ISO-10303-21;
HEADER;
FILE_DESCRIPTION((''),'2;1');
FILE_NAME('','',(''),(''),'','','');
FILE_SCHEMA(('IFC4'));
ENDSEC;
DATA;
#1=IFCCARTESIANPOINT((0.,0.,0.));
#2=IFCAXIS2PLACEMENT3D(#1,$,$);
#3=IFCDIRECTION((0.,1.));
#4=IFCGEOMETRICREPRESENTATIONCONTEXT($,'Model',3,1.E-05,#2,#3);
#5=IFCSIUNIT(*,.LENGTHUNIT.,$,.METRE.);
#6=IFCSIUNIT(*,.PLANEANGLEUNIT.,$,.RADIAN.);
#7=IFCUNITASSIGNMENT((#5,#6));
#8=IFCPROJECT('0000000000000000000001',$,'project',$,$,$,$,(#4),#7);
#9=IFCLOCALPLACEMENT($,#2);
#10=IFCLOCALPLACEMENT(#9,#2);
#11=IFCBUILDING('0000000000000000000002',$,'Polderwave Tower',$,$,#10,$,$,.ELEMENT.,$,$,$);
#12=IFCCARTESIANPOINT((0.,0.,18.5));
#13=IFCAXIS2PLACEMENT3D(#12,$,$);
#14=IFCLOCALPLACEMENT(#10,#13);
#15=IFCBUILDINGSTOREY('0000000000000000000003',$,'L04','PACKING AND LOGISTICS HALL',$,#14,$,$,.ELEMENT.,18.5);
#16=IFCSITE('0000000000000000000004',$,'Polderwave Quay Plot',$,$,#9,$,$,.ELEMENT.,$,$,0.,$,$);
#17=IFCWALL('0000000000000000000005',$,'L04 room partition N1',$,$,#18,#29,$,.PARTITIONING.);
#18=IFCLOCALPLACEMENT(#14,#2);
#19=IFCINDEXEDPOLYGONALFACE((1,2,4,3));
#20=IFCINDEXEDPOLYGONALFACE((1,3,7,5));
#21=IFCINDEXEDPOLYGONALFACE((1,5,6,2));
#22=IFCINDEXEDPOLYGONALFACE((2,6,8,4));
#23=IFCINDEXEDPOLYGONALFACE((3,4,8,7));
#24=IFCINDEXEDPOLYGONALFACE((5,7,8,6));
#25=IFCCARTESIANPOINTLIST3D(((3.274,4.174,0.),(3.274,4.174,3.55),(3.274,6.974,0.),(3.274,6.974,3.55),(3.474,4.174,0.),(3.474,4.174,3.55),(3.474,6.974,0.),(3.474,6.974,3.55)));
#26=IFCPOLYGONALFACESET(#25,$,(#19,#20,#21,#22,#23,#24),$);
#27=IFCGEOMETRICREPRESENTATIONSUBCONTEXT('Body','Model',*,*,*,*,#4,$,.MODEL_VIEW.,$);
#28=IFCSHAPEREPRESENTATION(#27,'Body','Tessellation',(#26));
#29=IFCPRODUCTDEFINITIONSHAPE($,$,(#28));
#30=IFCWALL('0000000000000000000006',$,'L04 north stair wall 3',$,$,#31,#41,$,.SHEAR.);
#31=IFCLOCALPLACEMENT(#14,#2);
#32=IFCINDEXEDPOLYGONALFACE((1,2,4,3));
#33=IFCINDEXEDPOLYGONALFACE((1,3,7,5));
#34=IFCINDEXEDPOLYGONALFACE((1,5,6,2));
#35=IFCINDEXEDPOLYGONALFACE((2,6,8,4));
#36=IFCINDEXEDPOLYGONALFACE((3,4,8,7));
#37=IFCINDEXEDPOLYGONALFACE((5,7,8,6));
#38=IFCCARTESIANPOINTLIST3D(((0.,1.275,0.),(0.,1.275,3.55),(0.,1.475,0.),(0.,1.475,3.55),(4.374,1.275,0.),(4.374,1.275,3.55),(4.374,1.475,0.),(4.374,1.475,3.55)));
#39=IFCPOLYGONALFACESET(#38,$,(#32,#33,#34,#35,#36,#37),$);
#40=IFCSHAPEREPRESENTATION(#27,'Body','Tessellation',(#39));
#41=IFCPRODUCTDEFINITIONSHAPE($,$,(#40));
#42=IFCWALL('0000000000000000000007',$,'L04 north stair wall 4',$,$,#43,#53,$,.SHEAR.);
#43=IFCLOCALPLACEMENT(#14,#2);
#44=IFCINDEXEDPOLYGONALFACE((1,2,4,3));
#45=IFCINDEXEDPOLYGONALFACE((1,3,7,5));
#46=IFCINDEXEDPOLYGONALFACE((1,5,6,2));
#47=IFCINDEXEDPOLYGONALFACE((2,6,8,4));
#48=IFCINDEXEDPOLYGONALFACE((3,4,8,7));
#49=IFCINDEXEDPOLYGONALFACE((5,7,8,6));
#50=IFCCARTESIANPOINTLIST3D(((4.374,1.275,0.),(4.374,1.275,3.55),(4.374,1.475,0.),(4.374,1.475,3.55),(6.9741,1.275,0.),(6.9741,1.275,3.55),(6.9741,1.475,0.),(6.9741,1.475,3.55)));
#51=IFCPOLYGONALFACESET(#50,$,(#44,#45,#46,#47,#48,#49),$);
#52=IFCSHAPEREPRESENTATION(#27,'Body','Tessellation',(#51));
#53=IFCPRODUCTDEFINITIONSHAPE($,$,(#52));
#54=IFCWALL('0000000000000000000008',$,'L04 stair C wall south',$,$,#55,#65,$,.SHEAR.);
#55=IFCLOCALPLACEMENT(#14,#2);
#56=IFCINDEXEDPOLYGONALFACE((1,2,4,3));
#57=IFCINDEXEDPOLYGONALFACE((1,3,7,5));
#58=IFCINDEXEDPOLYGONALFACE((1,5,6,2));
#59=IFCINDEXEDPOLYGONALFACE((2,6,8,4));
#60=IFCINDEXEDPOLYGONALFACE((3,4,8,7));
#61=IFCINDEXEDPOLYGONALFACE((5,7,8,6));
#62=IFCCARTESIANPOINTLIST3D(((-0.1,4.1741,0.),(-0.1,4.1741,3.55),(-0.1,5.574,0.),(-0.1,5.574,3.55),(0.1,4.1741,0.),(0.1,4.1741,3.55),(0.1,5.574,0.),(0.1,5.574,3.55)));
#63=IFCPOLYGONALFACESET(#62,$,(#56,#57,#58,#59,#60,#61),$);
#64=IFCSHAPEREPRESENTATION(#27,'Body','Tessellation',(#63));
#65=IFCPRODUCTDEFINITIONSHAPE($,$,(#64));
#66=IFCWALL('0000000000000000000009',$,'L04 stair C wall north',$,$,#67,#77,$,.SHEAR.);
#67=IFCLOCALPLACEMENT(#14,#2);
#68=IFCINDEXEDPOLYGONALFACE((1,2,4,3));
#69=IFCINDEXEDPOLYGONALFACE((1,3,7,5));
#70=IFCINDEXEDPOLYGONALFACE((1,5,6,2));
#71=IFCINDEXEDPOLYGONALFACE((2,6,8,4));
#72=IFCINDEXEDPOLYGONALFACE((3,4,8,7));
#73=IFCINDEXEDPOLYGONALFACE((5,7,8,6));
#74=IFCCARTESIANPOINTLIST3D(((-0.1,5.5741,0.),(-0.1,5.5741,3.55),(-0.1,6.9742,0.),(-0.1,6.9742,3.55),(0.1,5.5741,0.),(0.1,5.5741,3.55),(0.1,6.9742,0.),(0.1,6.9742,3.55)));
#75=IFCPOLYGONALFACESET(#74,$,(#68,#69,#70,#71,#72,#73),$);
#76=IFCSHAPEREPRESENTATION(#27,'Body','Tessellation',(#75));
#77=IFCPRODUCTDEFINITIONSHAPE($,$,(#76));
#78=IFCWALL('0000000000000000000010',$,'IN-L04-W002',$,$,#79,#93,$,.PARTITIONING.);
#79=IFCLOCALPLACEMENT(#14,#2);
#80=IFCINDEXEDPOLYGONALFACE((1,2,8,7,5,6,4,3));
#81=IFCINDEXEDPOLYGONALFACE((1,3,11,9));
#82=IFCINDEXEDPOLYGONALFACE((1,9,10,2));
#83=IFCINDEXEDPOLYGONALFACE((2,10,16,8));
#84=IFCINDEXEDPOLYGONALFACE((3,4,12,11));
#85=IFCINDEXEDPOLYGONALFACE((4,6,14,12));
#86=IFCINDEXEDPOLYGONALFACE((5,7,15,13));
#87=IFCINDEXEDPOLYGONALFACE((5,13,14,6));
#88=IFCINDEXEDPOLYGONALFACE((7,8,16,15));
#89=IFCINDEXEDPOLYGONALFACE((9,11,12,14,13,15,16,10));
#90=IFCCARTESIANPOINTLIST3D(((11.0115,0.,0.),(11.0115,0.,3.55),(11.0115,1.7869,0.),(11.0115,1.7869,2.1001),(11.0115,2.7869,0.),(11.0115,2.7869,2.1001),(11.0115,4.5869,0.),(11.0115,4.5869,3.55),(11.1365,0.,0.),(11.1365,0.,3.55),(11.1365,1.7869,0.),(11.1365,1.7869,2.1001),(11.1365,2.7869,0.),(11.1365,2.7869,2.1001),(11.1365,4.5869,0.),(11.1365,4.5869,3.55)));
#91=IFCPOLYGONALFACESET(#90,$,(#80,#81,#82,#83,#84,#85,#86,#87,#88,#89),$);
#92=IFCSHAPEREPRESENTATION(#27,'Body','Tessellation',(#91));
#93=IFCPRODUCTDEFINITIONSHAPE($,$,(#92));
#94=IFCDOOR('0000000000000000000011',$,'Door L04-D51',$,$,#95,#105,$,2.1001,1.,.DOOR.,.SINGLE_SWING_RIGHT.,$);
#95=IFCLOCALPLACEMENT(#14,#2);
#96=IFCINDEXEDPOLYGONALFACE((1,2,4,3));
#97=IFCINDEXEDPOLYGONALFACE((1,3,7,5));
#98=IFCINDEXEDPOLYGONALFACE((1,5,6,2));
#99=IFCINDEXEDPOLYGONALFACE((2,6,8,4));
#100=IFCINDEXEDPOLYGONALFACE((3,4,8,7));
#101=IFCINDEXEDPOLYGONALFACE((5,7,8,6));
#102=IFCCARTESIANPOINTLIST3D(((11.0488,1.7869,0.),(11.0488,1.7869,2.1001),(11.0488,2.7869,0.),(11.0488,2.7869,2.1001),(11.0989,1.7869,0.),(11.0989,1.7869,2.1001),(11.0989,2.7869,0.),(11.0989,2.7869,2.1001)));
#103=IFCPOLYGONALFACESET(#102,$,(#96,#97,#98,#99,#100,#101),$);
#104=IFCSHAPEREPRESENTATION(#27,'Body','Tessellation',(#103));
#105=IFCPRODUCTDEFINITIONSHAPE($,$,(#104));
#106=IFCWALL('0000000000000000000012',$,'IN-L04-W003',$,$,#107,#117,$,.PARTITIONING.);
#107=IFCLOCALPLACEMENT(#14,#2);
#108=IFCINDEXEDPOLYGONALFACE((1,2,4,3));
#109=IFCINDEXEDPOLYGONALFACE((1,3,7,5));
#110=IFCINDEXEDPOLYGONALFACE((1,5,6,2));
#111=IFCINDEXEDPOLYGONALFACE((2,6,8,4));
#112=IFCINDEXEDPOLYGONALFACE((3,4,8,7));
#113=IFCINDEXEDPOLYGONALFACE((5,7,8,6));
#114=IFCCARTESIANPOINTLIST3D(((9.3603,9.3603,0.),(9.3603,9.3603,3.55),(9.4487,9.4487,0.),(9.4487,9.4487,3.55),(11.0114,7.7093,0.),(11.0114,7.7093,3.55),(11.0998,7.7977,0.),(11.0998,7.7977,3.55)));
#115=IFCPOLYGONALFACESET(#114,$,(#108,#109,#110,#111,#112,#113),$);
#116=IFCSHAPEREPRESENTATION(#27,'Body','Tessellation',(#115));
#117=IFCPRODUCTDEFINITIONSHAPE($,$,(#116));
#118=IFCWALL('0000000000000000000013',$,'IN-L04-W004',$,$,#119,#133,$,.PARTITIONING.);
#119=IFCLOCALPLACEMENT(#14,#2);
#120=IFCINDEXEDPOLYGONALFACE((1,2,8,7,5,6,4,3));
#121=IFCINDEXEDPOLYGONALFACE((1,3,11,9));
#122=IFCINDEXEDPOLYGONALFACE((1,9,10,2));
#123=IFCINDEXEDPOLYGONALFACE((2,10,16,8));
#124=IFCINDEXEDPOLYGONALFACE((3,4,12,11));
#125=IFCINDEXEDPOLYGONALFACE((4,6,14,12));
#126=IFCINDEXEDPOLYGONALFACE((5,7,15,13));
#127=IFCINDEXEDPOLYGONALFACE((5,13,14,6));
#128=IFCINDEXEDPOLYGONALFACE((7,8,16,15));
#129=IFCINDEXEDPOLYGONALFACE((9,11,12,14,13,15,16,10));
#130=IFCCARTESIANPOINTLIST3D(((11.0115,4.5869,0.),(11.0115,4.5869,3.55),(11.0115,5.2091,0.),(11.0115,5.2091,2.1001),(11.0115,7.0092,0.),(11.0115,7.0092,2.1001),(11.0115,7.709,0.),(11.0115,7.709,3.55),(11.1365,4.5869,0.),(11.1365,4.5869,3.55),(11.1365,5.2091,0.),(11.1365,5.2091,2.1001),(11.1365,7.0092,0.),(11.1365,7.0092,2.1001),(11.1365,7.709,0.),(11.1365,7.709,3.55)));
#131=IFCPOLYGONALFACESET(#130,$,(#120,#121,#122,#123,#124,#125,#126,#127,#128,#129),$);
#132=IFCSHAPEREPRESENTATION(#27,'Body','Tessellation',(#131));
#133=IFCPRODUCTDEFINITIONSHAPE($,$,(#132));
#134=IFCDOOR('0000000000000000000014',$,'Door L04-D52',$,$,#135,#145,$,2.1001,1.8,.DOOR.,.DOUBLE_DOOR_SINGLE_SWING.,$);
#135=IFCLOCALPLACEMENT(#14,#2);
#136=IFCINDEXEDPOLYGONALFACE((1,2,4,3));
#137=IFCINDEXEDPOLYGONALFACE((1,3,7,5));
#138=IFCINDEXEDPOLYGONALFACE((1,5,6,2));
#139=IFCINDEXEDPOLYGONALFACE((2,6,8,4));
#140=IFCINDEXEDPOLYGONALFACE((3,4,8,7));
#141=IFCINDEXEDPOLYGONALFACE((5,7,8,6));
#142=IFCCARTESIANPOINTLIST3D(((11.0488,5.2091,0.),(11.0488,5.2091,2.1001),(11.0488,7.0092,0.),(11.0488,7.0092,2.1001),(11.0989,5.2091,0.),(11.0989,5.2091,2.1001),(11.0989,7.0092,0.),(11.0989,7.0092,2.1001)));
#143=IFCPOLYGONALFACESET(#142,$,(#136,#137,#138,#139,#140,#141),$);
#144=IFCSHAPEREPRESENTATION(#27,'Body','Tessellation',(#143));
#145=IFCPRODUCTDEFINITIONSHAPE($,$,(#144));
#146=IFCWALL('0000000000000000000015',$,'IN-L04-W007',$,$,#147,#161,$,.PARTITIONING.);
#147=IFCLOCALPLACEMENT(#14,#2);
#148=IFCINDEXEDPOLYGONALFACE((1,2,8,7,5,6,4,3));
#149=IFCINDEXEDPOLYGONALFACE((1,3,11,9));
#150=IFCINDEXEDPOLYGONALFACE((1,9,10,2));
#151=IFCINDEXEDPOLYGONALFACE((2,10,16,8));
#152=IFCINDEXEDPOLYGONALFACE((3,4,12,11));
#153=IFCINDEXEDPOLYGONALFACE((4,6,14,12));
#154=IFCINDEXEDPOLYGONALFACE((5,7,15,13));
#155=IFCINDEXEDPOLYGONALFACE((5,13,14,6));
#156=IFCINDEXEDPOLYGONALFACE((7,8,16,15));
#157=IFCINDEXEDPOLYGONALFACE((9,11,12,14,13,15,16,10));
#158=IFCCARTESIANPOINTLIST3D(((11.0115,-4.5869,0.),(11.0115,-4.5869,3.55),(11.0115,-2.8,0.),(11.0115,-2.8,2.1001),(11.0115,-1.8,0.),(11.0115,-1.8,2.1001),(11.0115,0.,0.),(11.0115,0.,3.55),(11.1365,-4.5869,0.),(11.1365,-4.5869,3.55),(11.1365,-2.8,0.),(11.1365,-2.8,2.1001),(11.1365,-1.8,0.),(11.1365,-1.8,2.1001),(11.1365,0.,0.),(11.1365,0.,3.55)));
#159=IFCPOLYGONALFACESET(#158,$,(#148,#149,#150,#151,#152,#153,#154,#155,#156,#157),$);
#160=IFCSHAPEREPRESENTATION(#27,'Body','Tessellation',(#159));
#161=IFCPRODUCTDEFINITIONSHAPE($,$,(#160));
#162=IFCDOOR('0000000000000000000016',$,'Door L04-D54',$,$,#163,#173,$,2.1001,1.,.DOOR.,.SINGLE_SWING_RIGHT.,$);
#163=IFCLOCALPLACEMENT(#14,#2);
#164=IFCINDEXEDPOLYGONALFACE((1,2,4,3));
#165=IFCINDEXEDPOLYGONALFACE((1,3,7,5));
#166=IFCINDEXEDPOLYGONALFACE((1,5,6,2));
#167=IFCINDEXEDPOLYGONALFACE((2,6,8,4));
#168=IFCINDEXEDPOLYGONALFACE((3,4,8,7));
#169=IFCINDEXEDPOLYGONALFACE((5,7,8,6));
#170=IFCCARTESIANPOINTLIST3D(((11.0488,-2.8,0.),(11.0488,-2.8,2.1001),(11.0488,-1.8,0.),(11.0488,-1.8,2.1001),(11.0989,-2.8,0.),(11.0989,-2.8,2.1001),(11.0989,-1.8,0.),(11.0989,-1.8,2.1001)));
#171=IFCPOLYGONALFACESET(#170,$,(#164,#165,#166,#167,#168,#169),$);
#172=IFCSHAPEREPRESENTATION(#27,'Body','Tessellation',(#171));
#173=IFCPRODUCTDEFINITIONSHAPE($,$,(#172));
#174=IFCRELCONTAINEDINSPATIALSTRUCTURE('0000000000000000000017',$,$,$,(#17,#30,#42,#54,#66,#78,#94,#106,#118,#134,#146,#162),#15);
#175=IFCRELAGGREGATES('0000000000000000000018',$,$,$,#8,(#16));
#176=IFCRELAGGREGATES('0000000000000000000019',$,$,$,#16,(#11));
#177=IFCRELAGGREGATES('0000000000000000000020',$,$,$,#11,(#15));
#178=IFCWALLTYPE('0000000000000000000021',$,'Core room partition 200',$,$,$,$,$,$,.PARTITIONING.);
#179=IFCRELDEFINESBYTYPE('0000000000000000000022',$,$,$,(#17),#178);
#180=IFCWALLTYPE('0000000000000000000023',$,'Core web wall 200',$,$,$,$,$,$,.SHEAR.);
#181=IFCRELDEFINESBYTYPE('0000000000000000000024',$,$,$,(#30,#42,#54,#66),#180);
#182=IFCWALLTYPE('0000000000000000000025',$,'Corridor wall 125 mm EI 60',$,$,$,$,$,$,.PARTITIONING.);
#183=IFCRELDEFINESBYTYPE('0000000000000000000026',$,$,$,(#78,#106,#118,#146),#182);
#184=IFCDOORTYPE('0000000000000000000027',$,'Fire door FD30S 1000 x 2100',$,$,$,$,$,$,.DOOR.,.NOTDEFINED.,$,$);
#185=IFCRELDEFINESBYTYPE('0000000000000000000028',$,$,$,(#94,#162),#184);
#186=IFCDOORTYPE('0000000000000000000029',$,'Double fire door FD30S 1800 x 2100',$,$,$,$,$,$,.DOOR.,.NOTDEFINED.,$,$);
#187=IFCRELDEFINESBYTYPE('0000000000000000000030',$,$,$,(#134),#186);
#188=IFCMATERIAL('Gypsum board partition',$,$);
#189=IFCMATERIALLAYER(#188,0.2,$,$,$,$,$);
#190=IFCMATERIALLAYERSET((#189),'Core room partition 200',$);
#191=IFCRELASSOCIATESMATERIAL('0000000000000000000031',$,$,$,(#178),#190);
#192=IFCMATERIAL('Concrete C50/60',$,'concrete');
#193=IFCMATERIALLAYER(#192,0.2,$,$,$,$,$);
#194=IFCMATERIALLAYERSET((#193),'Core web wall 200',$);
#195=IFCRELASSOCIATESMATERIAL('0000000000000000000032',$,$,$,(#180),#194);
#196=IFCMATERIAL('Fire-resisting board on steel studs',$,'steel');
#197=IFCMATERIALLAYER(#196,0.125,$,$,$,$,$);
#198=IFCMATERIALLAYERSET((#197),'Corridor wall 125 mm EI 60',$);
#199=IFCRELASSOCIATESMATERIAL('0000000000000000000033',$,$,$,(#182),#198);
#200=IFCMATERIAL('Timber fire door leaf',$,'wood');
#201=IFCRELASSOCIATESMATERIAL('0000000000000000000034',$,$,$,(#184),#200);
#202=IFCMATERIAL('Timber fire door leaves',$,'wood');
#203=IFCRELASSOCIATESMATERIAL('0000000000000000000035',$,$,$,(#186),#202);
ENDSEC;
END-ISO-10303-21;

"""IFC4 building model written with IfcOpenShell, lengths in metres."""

from ifc_helpers import new_model, si_unit, direction, frame, frame_2d, origin, place, context, subcontext, project, spatial, rectangle, extrude, material, layer, layer_set, type_object, element, fill, save


model = new_model("IFC4")

# Units and contexts
model_context = context("Model", 3, precision=1e-05, world=origin(), true_north=direction((0.0, 1.0)))
body_context = subcontext(model_context, "Body", "Model", "MODEL_VIEW")
ifc_project = project(units=[si_unit("LENGTHUNIT", "METRE"), si_unit("PLANEANGLEUNIT", "RADIAN")], contexts=[model_context])

# Site, building, storey
site_placement = place(None, origin())
site = spatial("IfcSite", under=ifc_project, at=site_placement, Name="Polderwave Quay Plot", CompositionType="ELEMENT", RefElevation=0.0)
building_placement = place(site_placement, origin())
building = spatial("IfcBuilding", under=site, at=building_placement, Name="Polderwave Tower", CompositionType="ELEMENT")
storey_placement = place(building_placement, frame((0.0, 0.0, 18.5)))
storey = spatial("IfcBuildingStorey", under=building, at=storey_placement, Name="L04", Description="PACKING AND LOGISTICS HALL", CompositionType="ELEMENT", Elevation=18.5)

# Walls
ifc_material_1 = material(Name="Gypsum board partition")
ifc_layer_1 = layer(ifc_material_1, 0.2)
ifc_layer_set_1 = layer_set([ifc_layer_1], Name="Core room partition 200")
wall_type_1 = type_object("IfcWallType", Name="Core room partition 200", PredefinedType="PARTITIONING", material=ifc_layer_set_1)
wall_1_placement = place(storey_placement, frame((3.374, 4.1741, 0.0), z_axis=(0.0, 0.0, 1.0), x_axis=(0.0, 1.0, 0.0)))
element("IfcWall", 1, at=wall_1_placement, inside=storey, type_object=wall_type_1, Name="L04 room partition N1", PredefinedType="PARTITIONING", context=body_context, shape_type="SweptSolid", body=[
    extrude(rectangle(XDim=2.8, YDim=0.2, at=frame_2d((1.3999, 0.0))), origin(), (0.0, 0.0, 1.0), 3.55),
])
ifc_material_2 = material(Name="Concrete C50/60", Category="concrete")
ifc_layer_2 = layer(ifc_material_2, 0.2)
ifc_layer_set_2 = layer_set([ifc_layer_2], Name="Core web wall 200")
wall_type_2 = type_object("IfcWallType", Name="Core web wall 200", PredefinedType="SHEAR", material=ifc_layer_set_2)
wall_2_placement = place(storey_placement, frame((0.0, 1.375, 0.0), z_axis=(0.0, 0.0, 1.0), x_axis=(1.0, 0.0, 0.0)))
element("IfcWall", 2, at=wall_2_placement, inside=storey, type_object=wall_type_2, Name="L04 north stair wall 3", PredefinedType="SHEAR", context=body_context, shape_type="SweptSolid", body=[
    extrude(rectangle(XDim=4.374, YDim=0.2, at=frame_2d((2.187, 0.0))), origin(), (0.0, 0.0, 1.0), 3.55),
])
wall_3_placement = place(storey_placement, frame((4.374, 1.375, 0.0), z_axis=(0.0, 0.0, 1.0), x_axis=(1.0, 0.0, 0.0)))
element("IfcWall", 3, at=wall_3_placement, inside=storey, type_object=wall_type_2, Name="L04 north stair wall 4", PredefinedType="SHEAR", context=body_context, shape_type="SweptSolid", body=[
    extrude(rectangle(XDim=2.6001, YDim=0.2, at=frame_2d((1.3, 0.0))), origin(), (0.0, 0.0, 1.0), 3.55),
])
wall_4_placement = place(storey_placement, frame((0.0, 4.1741, 0.0), z_axis=(0.0, 0.0, 1.0), x_axis=(0.0, 1.0, 0.0)))
element("IfcWall", 4, at=wall_4_placement, inside=storey, type_object=wall_type_2, Name="L04 stair C wall south", PredefinedType="SHEAR", context=body_context, shape_type="SweptSolid", body=[
    extrude(rectangle(XDim=1.3999, YDim=0.2, at=frame_2d((0.7, 0.0))), origin(), (0.0, 0.0, 1.0), 3.55),
])
wall_5_placement = place(storey_placement, frame((0.0, 5.574, 0.0), z_axis=(0.0, 0.0, 1.0), x_axis=(0.0, 1.0, 0.0)))
element("IfcWall", 5, at=wall_5_placement, inside=storey, type_object=wall_type_2, Name="L04 stair C wall north", PredefinedType="SHEAR", context=body_context, shape_type="SweptSolid", body=[
    extrude(rectangle(XDim=1.4001, YDim=0.2, at=frame_2d((0.7002, 0.0))), origin(), (0.0, 0.0, 1.0), 3.55),
])

# Wall, opening, door
ifc_material_3 = material(Name="Fire-resisting board on steel studs", Category="steel")
ifc_layer_3 = layer(ifc_material_3, 0.125)
ifc_layer_set_3 = layer_set([ifc_layer_3], Name="Corridor wall 125 mm EI 60")
wall_type_3 = type_object("IfcWallType", Name="Corridor wall 125 mm EI 60", PredefinedType="PARTITIONING", material=ifc_layer_set_3)
wall_6_placement = place(storey_placement, frame((11.074, 4.5869, 0.0), z_axis=(0.0, 0.0, 1.0), x_axis=(0.0, -1.0, 0.0)))
wall_6 = element("IfcWall", 6, at=wall_6_placement, inside=storey, type_object=wall_type_3, Name="IN-L04-W002", PredefinedType="PARTITIONING", context=body_context, shape_type="SweptSolid", body=[
    extrude(rectangle(XDim=4.5869, YDim=0.125, at=frame_2d((2.2935, 0.0))), origin(), (0.0, 0.0, 1.0), 3.55),
])
opening_1_placement = place(wall_6_placement, frame((1.8, 0.0, 0.0)))
opening_1 = element("IfcOpeningElement", 7, at=opening_1_placement, cuts=wall_6, PredefinedType="OPENING", context=body_context, shape_type="SweptSolid", body=[
    extrude(rectangle(XDim=1.0, YDim=2.1001, at=frame_2d((0.5, 1.05))), frame((0.0, 0.0725, 0.0), z_axis=(0.0, -1.0, 0.0), x_axis=(1.0, 0.0, 0.0)), (0.0, 0.0, 1.0), 0.145),
])
ifc_material_4 = material(Name="Timber fire door leaf", Category="wood")
door_type_1 = type_object("IfcDoorType", Name="Fire door FD30S 1000 x 2100", OperationType="NOTDEFINED", PredefinedType="DOOR", material=ifc_material_4)
door_1_placement = place(opening_1_placement, origin())
door_1 = element("IfcDoor", 8, at=door_1_placement, inside=storey, type_object=door_type_1, Name="Door L04-D51", OperationType="SINGLE_SWING_RIGHT", OverallHeight=2.1001, OverallWidth=1.0, PredefinedType="DOOR", context=body_context, shape_type="SweptSolid", body=[
    extrude(rectangle(XDim=1.0, YDim=2.1001, at=frame_2d((0.5, 1.05))), frame((0.0, 0.0249, 0.0), z_axis=(0.0, -1.0, 0.0), x_axis=(1.0, 0.0, 0.0)), (0.0, 0.0, 1.0), 0.05),
])
fill(opening_1, door_1)

# Wall
wall_7_placement = place(storey_placement, frame((9.4045, 9.4045, 0.0), z_axis=(0.0, 0.0, 1.0), x_axis=(0.707107, -0.707107, 0.0)))
element("IfcWall", 9, at=wall_7_placement, inside=storey, type_object=wall_type_3, Name="IN-L04-W003", PredefinedType="PARTITIONING", context=body_context, shape_type="SweptSolid", body=[
    extrude(rectangle(XDim=2.335, YDim=0.125, at=frame_2d((1.1675, 0.0))), origin(), (0.0, 0.0, 1.0), 3.55),
])

# Walls, openings, doors
wall_8_placement = place(storey_placement, frame((11.074, 7.709, 0.0), z_axis=(0.0, 0.0, 1.0), x_axis=(0.0, -1.0, 0.0)))
wall_8 = element("IfcWall", 10, at=wall_8_placement, inside=storey, type_object=wall_type_3, Name="IN-L04-W004", PredefinedType="PARTITIONING", context=body_context, shape_type="SweptSolid", body=[
    extrude(rectangle(XDim=3.1221, YDim=0.125, at=frame_2d((1.561, 0.0))), origin(), (0.0, 0.0, 1.0), 3.55),
])
opening_2_placement = place(wall_8_placement, frame((0.7, 0.0, 0.0)))
opening_2 = element("IfcOpeningElement", 11, at=opening_2_placement, cuts=wall_8, PredefinedType="OPENING", context=body_context, shape_type="SweptSolid", body=[
    extrude(rectangle(XDim=1.8, YDim=2.1001, at=frame_2d((0.8999, 1.05))), frame((0.0, 0.0725, 0.0), z_axis=(0.0, -1.0, 0.0), x_axis=(1.0, 0.0, 0.0)), (0.0, 0.0, 1.0), 0.145),
])
ifc_material_5 = material(Name="Timber fire door leaves", Category="wood")
door_type_2 = type_object("IfcDoorType", Name="Double fire door FD30S 1800 x 2100", OperationType="NOTDEFINED", PredefinedType="DOOR", material=ifc_material_5)
door_2_placement = place(opening_2_placement, origin())
door_2 = element("IfcDoor", 12, at=door_2_placement, inside=storey, type_object=door_type_2, Name="Door L04-D52", OperationType="DOUBLE_DOOR_SINGLE_SWING", OverallHeight=2.1001, OverallWidth=1.8, PredefinedType="DOOR", context=body_context, shape_type="SweptSolid", body=[
    extrude(rectangle(XDim=1.8, YDim=2.1001, at=frame_2d((0.8999, 1.05))), frame((0.0, 0.0249, 0.0), z_axis=(0.0, -1.0, 0.0), x_axis=(1.0, 0.0, 0.0)), (0.0, 0.0, 1.0), 0.05),
])
fill(opening_2, door_2)
wall_9_placement = place(storey_placement, frame((11.074, 0.0, 0.0), z_axis=(0.0, 0.0, 1.0), x_axis=(0.0, -1.0, 0.0)))
wall_9 = element("IfcWall", 13, at=wall_9_placement, inside=storey, type_object=wall_type_3, Name="IN-L04-W007", PredefinedType="PARTITIONING", context=body_context, shape_type="SweptSolid", body=[
    extrude(rectangle(XDim=4.5869, YDim=0.125, at=frame_2d((2.2935, 0.0))), origin(), (0.0, 0.0, 1.0), 3.55),
])
opening_3_placement = place(wall_9_placement, frame((1.8, 0.0, 0.0)))
opening_3 = element("IfcOpeningElement", 14, at=opening_3_placement, cuts=wall_9, PredefinedType="OPENING", context=body_context, shape_type="SweptSolid", body=[
    extrude(rectangle(XDim=1.0, YDim=2.1001, at=frame_2d((0.5, 1.05))), frame((0.0, 0.0725, 0.0), z_axis=(0.0, -1.0, 0.0), x_axis=(1.0, 0.0, 0.0)), (0.0, 0.0, 1.0), 0.145),
])
door_3_placement = place(opening_3_placement, origin())
door_3 = element("IfcDoor", 15, at=door_3_placement, inside=storey, type_object=door_type_1, Name="Door L04-D54", OperationType="SINGLE_SWING_RIGHT", OverallHeight=2.1001, OverallWidth=1.0, PredefinedType="DOOR", context=body_context, shape_type="SweptSolid", body=[
    extrude(rectangle(XDim=1.0, YDim=2.1001, at=frame_2d((0.5, 1.05))), frame((0.0, 0.0249, 0.0), z_axis=(0.0, -1.0, 0.0), x_axis=(1.0, 0.0, 0.0)), (0.0, 0.0, 1.0), 0.05),
])
fill(opening_3, door_3)

save(model, "model.ifc")
